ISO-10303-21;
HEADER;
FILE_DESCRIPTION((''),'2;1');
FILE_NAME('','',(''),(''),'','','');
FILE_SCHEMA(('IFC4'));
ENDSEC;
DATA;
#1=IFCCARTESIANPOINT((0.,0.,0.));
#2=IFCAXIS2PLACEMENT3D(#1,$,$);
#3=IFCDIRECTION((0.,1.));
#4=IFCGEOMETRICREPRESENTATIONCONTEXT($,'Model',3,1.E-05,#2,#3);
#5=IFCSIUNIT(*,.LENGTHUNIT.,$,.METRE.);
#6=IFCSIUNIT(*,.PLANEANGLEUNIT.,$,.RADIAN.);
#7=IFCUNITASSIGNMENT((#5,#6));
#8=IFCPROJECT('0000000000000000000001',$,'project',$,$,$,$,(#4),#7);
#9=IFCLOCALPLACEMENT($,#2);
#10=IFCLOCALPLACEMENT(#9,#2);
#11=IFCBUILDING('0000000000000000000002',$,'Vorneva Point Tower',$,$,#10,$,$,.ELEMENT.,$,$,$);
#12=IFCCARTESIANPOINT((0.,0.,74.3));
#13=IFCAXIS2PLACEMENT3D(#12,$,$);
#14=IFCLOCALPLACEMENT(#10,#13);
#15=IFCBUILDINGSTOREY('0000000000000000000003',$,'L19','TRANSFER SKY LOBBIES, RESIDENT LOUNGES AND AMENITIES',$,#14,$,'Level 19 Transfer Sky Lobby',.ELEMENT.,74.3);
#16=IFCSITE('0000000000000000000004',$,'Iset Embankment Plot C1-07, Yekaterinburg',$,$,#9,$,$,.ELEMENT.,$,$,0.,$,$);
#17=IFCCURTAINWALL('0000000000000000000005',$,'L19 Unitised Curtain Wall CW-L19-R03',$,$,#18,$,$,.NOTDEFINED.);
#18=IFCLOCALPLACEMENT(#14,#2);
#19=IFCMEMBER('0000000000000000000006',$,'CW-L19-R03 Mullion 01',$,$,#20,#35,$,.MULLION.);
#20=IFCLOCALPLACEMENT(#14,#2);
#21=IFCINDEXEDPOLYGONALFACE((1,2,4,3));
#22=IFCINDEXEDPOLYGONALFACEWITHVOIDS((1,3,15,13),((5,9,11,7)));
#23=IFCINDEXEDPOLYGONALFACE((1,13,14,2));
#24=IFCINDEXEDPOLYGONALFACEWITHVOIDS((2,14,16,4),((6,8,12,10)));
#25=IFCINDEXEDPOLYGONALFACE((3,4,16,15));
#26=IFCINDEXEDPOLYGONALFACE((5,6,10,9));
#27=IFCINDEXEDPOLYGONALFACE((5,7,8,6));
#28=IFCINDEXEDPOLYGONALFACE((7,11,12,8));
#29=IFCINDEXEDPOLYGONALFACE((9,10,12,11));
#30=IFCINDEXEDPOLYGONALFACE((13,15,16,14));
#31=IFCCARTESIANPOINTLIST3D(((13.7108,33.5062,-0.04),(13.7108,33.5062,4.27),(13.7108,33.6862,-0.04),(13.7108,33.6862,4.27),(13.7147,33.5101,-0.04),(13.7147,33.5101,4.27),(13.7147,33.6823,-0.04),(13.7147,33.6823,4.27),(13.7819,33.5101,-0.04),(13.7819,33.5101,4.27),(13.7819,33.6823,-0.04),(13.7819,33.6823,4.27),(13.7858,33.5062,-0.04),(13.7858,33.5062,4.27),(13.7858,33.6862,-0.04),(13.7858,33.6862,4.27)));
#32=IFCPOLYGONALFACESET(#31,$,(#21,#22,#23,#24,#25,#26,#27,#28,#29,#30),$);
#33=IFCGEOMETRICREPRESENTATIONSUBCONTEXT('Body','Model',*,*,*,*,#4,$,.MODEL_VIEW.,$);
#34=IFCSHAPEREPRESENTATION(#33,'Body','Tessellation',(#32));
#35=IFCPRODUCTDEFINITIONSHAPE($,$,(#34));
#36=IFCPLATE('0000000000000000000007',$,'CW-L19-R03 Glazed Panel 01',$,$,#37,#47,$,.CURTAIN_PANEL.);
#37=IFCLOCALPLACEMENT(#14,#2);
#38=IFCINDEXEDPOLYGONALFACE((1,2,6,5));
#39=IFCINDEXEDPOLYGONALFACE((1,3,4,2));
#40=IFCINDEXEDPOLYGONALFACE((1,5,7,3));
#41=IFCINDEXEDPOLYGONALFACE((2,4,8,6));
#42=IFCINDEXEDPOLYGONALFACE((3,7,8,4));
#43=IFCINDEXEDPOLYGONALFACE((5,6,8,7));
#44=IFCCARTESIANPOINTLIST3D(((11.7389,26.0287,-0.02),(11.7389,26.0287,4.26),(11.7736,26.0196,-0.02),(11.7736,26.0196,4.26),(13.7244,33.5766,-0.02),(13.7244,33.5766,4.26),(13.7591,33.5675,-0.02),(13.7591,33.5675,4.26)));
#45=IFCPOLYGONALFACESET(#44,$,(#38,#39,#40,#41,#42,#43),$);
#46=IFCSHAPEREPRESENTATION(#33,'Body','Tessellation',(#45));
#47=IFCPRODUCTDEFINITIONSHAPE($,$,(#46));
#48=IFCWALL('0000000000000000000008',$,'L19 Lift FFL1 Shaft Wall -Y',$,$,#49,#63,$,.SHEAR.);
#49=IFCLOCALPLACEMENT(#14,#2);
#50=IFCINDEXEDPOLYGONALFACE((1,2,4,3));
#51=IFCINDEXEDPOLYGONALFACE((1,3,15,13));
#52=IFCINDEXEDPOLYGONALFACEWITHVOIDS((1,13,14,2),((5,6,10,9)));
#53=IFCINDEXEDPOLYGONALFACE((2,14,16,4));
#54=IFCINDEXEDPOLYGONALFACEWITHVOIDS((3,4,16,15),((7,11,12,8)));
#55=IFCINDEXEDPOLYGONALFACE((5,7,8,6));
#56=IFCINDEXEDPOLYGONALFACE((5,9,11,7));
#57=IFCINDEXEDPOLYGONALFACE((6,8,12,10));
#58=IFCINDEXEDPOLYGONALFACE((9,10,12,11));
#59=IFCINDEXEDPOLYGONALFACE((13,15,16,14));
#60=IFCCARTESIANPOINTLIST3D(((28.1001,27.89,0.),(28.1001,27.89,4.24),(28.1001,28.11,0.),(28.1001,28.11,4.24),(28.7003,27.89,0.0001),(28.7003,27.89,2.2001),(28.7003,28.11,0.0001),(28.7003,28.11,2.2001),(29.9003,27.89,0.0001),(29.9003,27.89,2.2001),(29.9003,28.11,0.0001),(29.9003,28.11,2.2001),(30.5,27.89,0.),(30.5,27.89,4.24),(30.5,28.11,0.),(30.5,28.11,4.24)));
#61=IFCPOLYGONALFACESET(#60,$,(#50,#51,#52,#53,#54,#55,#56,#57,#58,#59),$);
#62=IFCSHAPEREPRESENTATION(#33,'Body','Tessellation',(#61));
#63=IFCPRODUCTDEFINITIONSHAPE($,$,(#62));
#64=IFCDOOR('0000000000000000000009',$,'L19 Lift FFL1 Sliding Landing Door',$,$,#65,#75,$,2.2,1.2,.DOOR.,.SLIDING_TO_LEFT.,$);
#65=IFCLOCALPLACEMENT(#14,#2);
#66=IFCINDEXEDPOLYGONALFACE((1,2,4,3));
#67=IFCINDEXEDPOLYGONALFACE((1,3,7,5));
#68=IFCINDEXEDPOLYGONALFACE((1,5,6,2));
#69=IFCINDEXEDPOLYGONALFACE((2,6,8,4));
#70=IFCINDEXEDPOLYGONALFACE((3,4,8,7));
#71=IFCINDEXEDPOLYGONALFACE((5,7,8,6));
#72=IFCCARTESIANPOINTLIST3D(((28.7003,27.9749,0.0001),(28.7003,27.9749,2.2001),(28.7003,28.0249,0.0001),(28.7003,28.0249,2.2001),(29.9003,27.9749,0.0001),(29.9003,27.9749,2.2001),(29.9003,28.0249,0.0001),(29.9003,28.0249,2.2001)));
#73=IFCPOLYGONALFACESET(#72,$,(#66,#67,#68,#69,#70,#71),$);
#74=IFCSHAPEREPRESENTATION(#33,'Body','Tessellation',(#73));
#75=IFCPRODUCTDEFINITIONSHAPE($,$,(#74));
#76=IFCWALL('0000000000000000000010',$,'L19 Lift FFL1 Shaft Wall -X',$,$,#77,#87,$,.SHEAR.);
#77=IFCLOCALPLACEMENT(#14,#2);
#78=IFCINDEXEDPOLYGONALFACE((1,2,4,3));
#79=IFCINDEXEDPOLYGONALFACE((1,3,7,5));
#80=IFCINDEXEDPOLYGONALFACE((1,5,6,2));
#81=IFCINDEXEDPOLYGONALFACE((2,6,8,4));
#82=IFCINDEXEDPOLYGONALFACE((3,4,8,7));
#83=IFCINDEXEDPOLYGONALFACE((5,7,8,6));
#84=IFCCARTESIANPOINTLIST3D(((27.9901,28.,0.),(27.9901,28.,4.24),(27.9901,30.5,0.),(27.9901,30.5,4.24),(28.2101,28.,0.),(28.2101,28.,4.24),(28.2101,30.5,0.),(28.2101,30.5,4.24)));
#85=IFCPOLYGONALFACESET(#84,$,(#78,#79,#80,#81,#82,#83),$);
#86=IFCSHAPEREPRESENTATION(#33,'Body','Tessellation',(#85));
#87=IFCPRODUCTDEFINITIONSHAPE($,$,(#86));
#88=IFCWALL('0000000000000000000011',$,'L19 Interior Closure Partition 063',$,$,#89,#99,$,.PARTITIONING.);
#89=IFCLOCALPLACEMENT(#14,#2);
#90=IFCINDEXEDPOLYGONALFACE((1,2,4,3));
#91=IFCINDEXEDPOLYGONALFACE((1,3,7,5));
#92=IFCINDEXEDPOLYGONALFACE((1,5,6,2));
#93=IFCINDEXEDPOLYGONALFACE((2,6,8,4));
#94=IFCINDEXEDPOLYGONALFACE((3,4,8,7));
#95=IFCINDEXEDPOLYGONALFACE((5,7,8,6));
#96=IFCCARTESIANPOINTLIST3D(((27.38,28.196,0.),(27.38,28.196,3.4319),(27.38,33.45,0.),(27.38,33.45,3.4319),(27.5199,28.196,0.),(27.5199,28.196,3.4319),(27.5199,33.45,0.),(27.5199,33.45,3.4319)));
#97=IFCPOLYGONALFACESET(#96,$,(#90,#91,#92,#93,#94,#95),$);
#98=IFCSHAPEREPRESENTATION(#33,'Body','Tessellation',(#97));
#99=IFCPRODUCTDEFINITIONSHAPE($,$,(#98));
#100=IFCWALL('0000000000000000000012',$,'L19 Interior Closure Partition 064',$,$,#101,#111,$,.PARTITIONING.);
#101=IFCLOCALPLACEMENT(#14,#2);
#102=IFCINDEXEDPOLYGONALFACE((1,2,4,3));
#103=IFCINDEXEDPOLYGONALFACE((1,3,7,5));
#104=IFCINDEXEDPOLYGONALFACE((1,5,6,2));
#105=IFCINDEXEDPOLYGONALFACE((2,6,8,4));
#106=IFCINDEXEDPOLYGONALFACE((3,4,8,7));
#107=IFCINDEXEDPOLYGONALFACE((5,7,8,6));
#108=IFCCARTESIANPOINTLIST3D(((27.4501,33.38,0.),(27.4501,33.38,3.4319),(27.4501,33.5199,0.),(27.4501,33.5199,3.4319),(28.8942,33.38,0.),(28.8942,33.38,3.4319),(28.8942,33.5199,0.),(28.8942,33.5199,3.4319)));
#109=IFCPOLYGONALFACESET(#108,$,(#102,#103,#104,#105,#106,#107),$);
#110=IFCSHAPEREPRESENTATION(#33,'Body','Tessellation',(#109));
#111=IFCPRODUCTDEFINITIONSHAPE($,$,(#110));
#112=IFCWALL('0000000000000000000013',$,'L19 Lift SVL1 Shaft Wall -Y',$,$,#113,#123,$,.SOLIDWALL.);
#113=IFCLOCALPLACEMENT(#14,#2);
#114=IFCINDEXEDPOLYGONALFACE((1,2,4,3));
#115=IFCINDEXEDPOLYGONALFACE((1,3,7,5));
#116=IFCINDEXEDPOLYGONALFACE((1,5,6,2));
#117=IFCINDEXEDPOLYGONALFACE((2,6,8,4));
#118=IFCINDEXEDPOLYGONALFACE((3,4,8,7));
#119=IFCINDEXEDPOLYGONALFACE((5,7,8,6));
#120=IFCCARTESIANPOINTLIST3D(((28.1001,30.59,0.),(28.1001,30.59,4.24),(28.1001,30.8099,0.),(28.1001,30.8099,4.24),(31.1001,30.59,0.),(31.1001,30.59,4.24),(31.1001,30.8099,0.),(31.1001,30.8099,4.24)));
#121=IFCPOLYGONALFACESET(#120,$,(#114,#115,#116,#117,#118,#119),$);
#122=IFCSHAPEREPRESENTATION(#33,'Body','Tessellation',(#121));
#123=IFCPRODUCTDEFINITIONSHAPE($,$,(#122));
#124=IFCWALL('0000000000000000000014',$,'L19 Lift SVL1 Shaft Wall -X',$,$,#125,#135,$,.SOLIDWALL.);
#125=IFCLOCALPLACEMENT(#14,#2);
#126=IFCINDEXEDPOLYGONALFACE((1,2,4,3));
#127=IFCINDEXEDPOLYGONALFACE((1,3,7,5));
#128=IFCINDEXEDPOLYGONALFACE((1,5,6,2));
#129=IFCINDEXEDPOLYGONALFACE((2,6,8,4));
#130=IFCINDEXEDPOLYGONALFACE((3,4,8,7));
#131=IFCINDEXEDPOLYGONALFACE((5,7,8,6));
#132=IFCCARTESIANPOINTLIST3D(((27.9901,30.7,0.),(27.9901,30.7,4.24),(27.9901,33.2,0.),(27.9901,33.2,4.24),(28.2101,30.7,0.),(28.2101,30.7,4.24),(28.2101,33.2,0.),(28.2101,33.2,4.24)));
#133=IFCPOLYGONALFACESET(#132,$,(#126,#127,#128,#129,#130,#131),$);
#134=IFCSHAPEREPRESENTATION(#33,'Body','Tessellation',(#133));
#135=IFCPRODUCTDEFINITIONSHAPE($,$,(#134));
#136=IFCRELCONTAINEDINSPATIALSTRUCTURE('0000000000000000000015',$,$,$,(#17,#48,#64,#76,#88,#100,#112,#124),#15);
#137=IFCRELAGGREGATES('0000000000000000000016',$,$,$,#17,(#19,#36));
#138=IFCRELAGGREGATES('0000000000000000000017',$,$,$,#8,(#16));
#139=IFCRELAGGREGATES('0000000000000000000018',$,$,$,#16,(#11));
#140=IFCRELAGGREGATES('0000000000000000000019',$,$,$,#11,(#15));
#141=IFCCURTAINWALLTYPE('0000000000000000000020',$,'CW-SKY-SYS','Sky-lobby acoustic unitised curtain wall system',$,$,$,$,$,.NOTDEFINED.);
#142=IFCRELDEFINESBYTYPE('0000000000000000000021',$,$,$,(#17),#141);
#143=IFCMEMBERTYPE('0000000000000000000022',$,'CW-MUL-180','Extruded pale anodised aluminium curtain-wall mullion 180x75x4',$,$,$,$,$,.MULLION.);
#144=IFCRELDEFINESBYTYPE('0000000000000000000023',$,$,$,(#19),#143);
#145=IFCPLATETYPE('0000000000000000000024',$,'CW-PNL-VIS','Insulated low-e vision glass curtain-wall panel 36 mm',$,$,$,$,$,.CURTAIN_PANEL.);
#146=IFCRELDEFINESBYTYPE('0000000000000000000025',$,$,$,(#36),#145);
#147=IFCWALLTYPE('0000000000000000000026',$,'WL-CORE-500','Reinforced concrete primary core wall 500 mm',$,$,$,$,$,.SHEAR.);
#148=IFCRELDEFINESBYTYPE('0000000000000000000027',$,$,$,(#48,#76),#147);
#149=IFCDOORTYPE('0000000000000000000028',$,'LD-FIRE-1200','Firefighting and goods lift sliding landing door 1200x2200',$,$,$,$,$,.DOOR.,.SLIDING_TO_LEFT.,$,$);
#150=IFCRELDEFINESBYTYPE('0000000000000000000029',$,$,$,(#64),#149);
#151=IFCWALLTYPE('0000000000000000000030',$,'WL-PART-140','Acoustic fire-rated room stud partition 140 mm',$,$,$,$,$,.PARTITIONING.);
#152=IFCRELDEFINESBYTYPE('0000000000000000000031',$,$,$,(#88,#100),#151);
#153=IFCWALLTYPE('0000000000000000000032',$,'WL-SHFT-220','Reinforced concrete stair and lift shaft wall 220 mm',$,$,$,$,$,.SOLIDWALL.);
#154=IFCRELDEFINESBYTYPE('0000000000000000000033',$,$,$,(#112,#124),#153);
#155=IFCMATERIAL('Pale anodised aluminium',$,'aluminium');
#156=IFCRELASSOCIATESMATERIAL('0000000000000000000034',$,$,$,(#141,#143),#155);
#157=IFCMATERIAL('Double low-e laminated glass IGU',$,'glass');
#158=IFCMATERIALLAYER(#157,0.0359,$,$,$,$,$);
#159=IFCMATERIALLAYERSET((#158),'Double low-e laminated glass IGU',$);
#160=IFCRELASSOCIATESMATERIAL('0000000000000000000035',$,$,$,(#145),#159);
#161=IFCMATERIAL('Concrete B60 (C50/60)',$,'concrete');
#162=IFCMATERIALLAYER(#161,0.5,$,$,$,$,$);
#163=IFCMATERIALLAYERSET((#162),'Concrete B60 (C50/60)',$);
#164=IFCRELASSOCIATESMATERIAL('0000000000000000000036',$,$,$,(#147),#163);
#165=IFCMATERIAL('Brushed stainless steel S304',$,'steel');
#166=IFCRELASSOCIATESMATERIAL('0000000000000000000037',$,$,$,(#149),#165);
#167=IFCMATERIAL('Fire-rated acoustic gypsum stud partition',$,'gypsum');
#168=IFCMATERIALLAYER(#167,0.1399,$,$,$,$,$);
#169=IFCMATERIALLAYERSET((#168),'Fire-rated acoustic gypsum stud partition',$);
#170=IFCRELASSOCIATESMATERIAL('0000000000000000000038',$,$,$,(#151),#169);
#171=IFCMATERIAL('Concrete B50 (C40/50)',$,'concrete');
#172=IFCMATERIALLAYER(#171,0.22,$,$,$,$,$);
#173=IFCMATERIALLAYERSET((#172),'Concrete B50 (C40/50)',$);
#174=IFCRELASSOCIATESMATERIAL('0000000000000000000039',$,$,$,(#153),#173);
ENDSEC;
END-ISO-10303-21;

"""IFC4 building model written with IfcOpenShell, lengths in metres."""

from ifc_helpers import new_model, si_unit, direction, frame, frame_2d, origin, origin_2d, place, context, subcontext, project, spatial, rectangle, hollow_rectangle, extrude, material, layer, layer_set, material_profile, profile_set, type_object, element, fill, aggregate, save


model = new_model("IFC4")

# Units and contexts
model_context = context("Model", 3, precision=1e-05, world=origin(), true_north=direction((0.0, 1.0)))
body_context = subcontext(model_context, "Body", "Model", "MODEL_VIEW")
ifc_project = project(units=[si_unit("LENGTHUNIT", "METRE"), si_unit("PLANEANGLEUNIT", "RADIAN")], contexts=[model_context])

# Site, building, storey
site_placement = place(None, origin())
site = spatial("IfcSite", under=ifc_project, at=site_placement, Name="Iset Embankment Plot C1-07, Yekaterinburg", CompositionType="ELEMENT", RefElevation=0.0)
building_placement = place(site_placement, origin())
building = spatial("IfcBuilding", under=site, at=building_placement, Name="Vorneva Point Tower", CompositionType="ELEMENT")
storey_placement = place(building_placement, frame((0.0, 0.0, 74.3)))
storey = spatial("IfcBuildingStorey", under=building, at=storey_placement, Name="L19", Description="TRANSFER SKY LOBBIES, RESIDENT LOUNGES AND AMENITIES", LongName="Level 19 Transfer Sky Lobby", CompositionType="ELEMENT", Elevation=74.3)

# Shared definitions
ifc_material_1 = material(Name="Concrete B60 (C50/60)", Category="concrete")

# Curtain wall, member, plate
ifc_material_2 = material(Name="Pale anodised aluminium", Category="aluminium")
curtain_wall_type = type_object("IfcCurtainWallType", Name="CW-SKY-SYS", Description="Sky-lobby acoustic unitised curtain wall system", PredefinedType="NOTDEFINED", material=ifc_material_2)
curtain_wall_placement = place(storey_placement, origin())
curtain_wall = element("IfcCurtainWall", 1, at=curtain_wall_placement, inside=storey, type_object=curtain_wall_type, Name="L19 Unitised Curtain Wall CW-L19-R03", PredefinedType="NOTDEFINED")
ifc_material_profile_1 = material_profile(ifc_material_2, hollow_rectangle(XDim=0.075, YDim=0.1799, WallThickness=0.0039, at=origin_2d()), Name="AL-MUL 180x75x4")
ifc_profile_set_1 = profile_set([ifc_material_profile_1], Name="Pale anodised aluminium")
member_type = type_object("IfcMemberType", Name="CW-MUL-180", Description="Extruded pale anodised aluminium curtain-wall mullion 180x75x4", PredefinedType="MULLION", material=ifc_profile_set_1)
member_placement = place(storey_placement, frame((13.7483, 33.5962, -0.04), z_axis=(0.0, 0.0, 1.0), x_axis=(1.0, 0.0, 0.0)))
member = element("IfcMember", 2, at=member_placement, type_object=member_type, Name="CW-L19-R03 Mullion 01", PredefinedType="MULLION", context=body_context, shape_type="SweptSolid", body=[
    extrude(hollow_rectangle(XDim=0.075, YDim=0.1799, WallThickness=0.0039, at=origin_2d()), origin(), (0.0, 0.0, 1.0), 4.3101),
])
ifc_material_3 = material(Name="Double low-e laminated glass IGU", Category="glass")
ifc_layer_1 = layer(ifc_material_3, 0.0359)
ifc_layer_set_1 = layer_set([ifc_layer_1], Name="Double low-e laminated glass IGU")
plate_type = type_object("IfcPlateType", Name="CW-PNL-VIS", Description="Insulated low-e vision glass curtain-wall panel 36 mm", PredefinedType="CURTAIN_PANEL", material=ifc_layer_set_1)
plate_placement = place(storey_placement, frame((12.749, 29.7981, -0.02), z_axis=(0.0, 0.0, 1.0), x_axis=(-0.254399, -0.967099, 0.0)))
plate = element("IfcPlate", 3, at=plate_placement, type_object=plate_type, Name="CW-L19-R03 Glazed Panel 01", PredefinedType="CURTAIN_PANEL", context=body_context, shape_type="SweptSolid", body=[
    extrude(rectangle(XDim=7.8047, YDim=0.0359, at=origin_2d()), origin(), (0.0, 0.0, 1.0), 4.28),
])
aggregate(curtain_wall, [member, plate])

# Wall, opening, door
ifc_layer_2 = layer(ifc_material_1, 0.5)
ifc_layer_set_2 = layer_set([ifc_layer_2], Name="Concrete B60 (C50/60)")
wall_type_1 = type_object("IfcWallType", Name="WL-CORE-500", Description="Reinforced concrete primary core wall 500 mm", PredefinedType="SHEAR", material=ifc_layer_set_2)
wall_1_placement = place(storey_placement, frame((28.1001, 28.0, 0.0), z_axis=(0.0, 0.0, 1.0), x_axis=(1.0, 0.0, 0.0)))
wall_1 = element("IfcWall", 4, at=wall_1_placement, inside=storey, type_object=wall_type_1, Name="L19 Lift FFL1 Shaft Wall -Y", PredefinedType="SHEAR", context=body_context, shape_type="SweptSolid", body=[
    extrude(rectangle(XDim=2.3999, YDim=0.22, at=frame_2d((1.2, 0.0))), origin(), (0.0, 0.0, 1.0), 4.24),
])
opening_1_placement = place(wall_1_placement, frame((0.6001, 0.0, 0.0)))
opening_1 = element("IfcOpeningElement", 5, at=opening_1_placement, cuts=wall_1, PredefinedType="OPENING", context=body_context, shape_type="SweptSolid", body=[
    extrude(rectangle(XDim=1.2, YDim=2.2, at=frame_2d((0.6001, 1.1001))), frame((0.0, 0.125, 0.0), z_axis=(0.0, -1.0, 0.0), x_axis=(1.0, 0.0, 0.0)), (0.0, 0.0, 1.0), 0.2498),
])
ifc_material_4 = material(Name="Brushed stainless steel S304", Category="steel")
door_type_1 = type_object("IfcDoorType", Name="LD-FIRE-1200", Description="Firefighting and goods lift sliding landing door 1200x2200", OperationType="SLIDING_TO_LEFT", PredefinedType="DOOR", material=ifc_material_4)
door_1_placement = place(opening_1_placement, origin())
door_1 = element("IfcDoor", 6, at=door_1_placement, inside=storey, type_object=door_type_1, Name="L19 Lift FFL1 Sliding Landing Door", OperationType="SLIDING_TO_LEFT", OverallHeight=2.2, OverallWidth=1.2, PredefinedType="DOOR", context=body_context, shape_type="SweptSolid", body=[
    extrude(rectangle(XDim=1.2, YDim=2.2, at=frame_2d((0.6001, 1.1001))), frame((0.0, 0.0249, 0.0), z_axis=(0.0, -1.0, 0.0), x_axis=(1.0, 0.0, 0.0)), (0.0, 0.0, 1.0), 0.05),
])
fill(opening_1, door_1)

# Walls
wall_2_placement = place(storey_placement, frame((28.1001, 30.5, 0.0), z_axis=(0.0, 0.0, 1.0), x_axis=(0.0, -1.0, 0.0)))
element("IfcWall", 7, at=wall_2_placement, inside=storey, type_object=wall_type_1, Name="L19 Lift FFL1 Shaft Wall -X", PredefinedType="SHEAR", context=body_context, shape_type="SweptSolid", body=[
    extrude(rectangle(XDim=2.5, YDim=0.22, at=frame_2d((1.25, 0.0))), origin(), (0.0, 0.0, 1.0), 4.24),
])
ifc_material_5 = material(Name="Fire-rated acoustic gypsum stud partition", Category="gypsum")
ifc_layer_3 = layer(ifc_material_5, 0.1399)
ifc_layer_set_3 = layer_set([ifc_layer_3], Name="Fire-rated acoustic gypsum stud partition")
wall_type_2 = type_object("IfcWallType", Name="WL-PART-140", Description="Acoustic fire-rated room stud partition 140 mm", PredefinedType="PARTITIONING", material=ifc_layer_set_3)
wall_3_placement = place(storey_placement, frame((27.45, 28.196, 0.0), z_axis=(0.0, 0.0, 1.0), x_axis=(0.0, 1.0, 0.0)))
element("IfcWall", 8, at=wall_3_placement, inside=storey, type_object=wall_type_2, Name="L19 Interior Closure Partition 063", PredefinedType="PARTITIONING", context=body_context, shape_type="SweptSolid", body=[
    extrude(rectangle(XDim=5.2539, YDim=0.1399, at=frame_2d((2.627, 0.0))), origin(), (0.0, 0.0, 1.0), 3.4319),
])
wall_4_placement = place(storey_placement, frame((27.45, 33.45, 0.0), z_axis=(0.0, 0.0, 1.0), x_axis=(1.0, 0.0, 0.0)))
element("IfcWall", 9, at=wall_4_placement, inside=storey, type_object=wall_type_2, Name="L19 Interior Closure Partition 064", PredefinedType="PARTITIONING", context=body_context, shape_type="SweptSolid", body=[
    extrude(rectangle(XDim=1.4441, YDim=0.1399, at=frame_2d((0.7222, 0.0))), origin(), (0.0, 0.0, 1.0), 3.4319),
])

# Walls
ifc_material_6 = material(Name="Concrete B50 (C40/50)", Category="concrete")
ifc_layer_4 = layer(ifc_material_6, 0.22)
ifc_layer_set_4 = layer_set([ifc_layer_4], Name="Concrete B50 (C40/50)")
wall_type_3 = type_object("IfcWallType", Name="WL-SHFT-220", Description="Reinforced concrete stair and lift shaft wall 220 mm", PredefinedType="SOLIDWALL", material=ifc_layer_set_4)
wall_5_placement = place(storey_placement, frame((28.1001, 30.7, 0.0), z_axis=(0.0, 0.0, 1.0), x_axis=(1.0, 0.0, 0.0)))
element("IfcWall", 10, at=wall_5_placement, inside=storey, type_object=wall_type_3, Name="L19 Lift SVL1 Shaft Wall -Y", PredefinedType="SOLIDWALL", context=body_context, shape_type="SweptSolid", body=[
    extrude(rectangle(XDim=3.0, YDim=0.22, at=frame_2d((1.5, 0.0))), origin(), (0.0, 0.0, 1.0), 4.24),
])
wall_6_placement = place(storey_placement, frame((28.1001, 33.2, 0.0), z_axis=(0.0, 0.0, 1.0), x_axis=(0.0, -1.0, 0.0)))
element("IfcWall", 11, at=wall_6_placement, inside=storey, type_object=wall_type_3, Name="L19 Lift SVL1 Shaft Wall -X", PredefinedType="SOLIDWALL", context=body_context, shape_type="SweptSolid", body=[
    extrude(rectangle(XDim=2.5, YDim=0.22, at=frame_2d((1.25, 0.0))), origin(), (0.0, 0.0, 1.0), 4.24),
])

save(model, "model.ifc")
